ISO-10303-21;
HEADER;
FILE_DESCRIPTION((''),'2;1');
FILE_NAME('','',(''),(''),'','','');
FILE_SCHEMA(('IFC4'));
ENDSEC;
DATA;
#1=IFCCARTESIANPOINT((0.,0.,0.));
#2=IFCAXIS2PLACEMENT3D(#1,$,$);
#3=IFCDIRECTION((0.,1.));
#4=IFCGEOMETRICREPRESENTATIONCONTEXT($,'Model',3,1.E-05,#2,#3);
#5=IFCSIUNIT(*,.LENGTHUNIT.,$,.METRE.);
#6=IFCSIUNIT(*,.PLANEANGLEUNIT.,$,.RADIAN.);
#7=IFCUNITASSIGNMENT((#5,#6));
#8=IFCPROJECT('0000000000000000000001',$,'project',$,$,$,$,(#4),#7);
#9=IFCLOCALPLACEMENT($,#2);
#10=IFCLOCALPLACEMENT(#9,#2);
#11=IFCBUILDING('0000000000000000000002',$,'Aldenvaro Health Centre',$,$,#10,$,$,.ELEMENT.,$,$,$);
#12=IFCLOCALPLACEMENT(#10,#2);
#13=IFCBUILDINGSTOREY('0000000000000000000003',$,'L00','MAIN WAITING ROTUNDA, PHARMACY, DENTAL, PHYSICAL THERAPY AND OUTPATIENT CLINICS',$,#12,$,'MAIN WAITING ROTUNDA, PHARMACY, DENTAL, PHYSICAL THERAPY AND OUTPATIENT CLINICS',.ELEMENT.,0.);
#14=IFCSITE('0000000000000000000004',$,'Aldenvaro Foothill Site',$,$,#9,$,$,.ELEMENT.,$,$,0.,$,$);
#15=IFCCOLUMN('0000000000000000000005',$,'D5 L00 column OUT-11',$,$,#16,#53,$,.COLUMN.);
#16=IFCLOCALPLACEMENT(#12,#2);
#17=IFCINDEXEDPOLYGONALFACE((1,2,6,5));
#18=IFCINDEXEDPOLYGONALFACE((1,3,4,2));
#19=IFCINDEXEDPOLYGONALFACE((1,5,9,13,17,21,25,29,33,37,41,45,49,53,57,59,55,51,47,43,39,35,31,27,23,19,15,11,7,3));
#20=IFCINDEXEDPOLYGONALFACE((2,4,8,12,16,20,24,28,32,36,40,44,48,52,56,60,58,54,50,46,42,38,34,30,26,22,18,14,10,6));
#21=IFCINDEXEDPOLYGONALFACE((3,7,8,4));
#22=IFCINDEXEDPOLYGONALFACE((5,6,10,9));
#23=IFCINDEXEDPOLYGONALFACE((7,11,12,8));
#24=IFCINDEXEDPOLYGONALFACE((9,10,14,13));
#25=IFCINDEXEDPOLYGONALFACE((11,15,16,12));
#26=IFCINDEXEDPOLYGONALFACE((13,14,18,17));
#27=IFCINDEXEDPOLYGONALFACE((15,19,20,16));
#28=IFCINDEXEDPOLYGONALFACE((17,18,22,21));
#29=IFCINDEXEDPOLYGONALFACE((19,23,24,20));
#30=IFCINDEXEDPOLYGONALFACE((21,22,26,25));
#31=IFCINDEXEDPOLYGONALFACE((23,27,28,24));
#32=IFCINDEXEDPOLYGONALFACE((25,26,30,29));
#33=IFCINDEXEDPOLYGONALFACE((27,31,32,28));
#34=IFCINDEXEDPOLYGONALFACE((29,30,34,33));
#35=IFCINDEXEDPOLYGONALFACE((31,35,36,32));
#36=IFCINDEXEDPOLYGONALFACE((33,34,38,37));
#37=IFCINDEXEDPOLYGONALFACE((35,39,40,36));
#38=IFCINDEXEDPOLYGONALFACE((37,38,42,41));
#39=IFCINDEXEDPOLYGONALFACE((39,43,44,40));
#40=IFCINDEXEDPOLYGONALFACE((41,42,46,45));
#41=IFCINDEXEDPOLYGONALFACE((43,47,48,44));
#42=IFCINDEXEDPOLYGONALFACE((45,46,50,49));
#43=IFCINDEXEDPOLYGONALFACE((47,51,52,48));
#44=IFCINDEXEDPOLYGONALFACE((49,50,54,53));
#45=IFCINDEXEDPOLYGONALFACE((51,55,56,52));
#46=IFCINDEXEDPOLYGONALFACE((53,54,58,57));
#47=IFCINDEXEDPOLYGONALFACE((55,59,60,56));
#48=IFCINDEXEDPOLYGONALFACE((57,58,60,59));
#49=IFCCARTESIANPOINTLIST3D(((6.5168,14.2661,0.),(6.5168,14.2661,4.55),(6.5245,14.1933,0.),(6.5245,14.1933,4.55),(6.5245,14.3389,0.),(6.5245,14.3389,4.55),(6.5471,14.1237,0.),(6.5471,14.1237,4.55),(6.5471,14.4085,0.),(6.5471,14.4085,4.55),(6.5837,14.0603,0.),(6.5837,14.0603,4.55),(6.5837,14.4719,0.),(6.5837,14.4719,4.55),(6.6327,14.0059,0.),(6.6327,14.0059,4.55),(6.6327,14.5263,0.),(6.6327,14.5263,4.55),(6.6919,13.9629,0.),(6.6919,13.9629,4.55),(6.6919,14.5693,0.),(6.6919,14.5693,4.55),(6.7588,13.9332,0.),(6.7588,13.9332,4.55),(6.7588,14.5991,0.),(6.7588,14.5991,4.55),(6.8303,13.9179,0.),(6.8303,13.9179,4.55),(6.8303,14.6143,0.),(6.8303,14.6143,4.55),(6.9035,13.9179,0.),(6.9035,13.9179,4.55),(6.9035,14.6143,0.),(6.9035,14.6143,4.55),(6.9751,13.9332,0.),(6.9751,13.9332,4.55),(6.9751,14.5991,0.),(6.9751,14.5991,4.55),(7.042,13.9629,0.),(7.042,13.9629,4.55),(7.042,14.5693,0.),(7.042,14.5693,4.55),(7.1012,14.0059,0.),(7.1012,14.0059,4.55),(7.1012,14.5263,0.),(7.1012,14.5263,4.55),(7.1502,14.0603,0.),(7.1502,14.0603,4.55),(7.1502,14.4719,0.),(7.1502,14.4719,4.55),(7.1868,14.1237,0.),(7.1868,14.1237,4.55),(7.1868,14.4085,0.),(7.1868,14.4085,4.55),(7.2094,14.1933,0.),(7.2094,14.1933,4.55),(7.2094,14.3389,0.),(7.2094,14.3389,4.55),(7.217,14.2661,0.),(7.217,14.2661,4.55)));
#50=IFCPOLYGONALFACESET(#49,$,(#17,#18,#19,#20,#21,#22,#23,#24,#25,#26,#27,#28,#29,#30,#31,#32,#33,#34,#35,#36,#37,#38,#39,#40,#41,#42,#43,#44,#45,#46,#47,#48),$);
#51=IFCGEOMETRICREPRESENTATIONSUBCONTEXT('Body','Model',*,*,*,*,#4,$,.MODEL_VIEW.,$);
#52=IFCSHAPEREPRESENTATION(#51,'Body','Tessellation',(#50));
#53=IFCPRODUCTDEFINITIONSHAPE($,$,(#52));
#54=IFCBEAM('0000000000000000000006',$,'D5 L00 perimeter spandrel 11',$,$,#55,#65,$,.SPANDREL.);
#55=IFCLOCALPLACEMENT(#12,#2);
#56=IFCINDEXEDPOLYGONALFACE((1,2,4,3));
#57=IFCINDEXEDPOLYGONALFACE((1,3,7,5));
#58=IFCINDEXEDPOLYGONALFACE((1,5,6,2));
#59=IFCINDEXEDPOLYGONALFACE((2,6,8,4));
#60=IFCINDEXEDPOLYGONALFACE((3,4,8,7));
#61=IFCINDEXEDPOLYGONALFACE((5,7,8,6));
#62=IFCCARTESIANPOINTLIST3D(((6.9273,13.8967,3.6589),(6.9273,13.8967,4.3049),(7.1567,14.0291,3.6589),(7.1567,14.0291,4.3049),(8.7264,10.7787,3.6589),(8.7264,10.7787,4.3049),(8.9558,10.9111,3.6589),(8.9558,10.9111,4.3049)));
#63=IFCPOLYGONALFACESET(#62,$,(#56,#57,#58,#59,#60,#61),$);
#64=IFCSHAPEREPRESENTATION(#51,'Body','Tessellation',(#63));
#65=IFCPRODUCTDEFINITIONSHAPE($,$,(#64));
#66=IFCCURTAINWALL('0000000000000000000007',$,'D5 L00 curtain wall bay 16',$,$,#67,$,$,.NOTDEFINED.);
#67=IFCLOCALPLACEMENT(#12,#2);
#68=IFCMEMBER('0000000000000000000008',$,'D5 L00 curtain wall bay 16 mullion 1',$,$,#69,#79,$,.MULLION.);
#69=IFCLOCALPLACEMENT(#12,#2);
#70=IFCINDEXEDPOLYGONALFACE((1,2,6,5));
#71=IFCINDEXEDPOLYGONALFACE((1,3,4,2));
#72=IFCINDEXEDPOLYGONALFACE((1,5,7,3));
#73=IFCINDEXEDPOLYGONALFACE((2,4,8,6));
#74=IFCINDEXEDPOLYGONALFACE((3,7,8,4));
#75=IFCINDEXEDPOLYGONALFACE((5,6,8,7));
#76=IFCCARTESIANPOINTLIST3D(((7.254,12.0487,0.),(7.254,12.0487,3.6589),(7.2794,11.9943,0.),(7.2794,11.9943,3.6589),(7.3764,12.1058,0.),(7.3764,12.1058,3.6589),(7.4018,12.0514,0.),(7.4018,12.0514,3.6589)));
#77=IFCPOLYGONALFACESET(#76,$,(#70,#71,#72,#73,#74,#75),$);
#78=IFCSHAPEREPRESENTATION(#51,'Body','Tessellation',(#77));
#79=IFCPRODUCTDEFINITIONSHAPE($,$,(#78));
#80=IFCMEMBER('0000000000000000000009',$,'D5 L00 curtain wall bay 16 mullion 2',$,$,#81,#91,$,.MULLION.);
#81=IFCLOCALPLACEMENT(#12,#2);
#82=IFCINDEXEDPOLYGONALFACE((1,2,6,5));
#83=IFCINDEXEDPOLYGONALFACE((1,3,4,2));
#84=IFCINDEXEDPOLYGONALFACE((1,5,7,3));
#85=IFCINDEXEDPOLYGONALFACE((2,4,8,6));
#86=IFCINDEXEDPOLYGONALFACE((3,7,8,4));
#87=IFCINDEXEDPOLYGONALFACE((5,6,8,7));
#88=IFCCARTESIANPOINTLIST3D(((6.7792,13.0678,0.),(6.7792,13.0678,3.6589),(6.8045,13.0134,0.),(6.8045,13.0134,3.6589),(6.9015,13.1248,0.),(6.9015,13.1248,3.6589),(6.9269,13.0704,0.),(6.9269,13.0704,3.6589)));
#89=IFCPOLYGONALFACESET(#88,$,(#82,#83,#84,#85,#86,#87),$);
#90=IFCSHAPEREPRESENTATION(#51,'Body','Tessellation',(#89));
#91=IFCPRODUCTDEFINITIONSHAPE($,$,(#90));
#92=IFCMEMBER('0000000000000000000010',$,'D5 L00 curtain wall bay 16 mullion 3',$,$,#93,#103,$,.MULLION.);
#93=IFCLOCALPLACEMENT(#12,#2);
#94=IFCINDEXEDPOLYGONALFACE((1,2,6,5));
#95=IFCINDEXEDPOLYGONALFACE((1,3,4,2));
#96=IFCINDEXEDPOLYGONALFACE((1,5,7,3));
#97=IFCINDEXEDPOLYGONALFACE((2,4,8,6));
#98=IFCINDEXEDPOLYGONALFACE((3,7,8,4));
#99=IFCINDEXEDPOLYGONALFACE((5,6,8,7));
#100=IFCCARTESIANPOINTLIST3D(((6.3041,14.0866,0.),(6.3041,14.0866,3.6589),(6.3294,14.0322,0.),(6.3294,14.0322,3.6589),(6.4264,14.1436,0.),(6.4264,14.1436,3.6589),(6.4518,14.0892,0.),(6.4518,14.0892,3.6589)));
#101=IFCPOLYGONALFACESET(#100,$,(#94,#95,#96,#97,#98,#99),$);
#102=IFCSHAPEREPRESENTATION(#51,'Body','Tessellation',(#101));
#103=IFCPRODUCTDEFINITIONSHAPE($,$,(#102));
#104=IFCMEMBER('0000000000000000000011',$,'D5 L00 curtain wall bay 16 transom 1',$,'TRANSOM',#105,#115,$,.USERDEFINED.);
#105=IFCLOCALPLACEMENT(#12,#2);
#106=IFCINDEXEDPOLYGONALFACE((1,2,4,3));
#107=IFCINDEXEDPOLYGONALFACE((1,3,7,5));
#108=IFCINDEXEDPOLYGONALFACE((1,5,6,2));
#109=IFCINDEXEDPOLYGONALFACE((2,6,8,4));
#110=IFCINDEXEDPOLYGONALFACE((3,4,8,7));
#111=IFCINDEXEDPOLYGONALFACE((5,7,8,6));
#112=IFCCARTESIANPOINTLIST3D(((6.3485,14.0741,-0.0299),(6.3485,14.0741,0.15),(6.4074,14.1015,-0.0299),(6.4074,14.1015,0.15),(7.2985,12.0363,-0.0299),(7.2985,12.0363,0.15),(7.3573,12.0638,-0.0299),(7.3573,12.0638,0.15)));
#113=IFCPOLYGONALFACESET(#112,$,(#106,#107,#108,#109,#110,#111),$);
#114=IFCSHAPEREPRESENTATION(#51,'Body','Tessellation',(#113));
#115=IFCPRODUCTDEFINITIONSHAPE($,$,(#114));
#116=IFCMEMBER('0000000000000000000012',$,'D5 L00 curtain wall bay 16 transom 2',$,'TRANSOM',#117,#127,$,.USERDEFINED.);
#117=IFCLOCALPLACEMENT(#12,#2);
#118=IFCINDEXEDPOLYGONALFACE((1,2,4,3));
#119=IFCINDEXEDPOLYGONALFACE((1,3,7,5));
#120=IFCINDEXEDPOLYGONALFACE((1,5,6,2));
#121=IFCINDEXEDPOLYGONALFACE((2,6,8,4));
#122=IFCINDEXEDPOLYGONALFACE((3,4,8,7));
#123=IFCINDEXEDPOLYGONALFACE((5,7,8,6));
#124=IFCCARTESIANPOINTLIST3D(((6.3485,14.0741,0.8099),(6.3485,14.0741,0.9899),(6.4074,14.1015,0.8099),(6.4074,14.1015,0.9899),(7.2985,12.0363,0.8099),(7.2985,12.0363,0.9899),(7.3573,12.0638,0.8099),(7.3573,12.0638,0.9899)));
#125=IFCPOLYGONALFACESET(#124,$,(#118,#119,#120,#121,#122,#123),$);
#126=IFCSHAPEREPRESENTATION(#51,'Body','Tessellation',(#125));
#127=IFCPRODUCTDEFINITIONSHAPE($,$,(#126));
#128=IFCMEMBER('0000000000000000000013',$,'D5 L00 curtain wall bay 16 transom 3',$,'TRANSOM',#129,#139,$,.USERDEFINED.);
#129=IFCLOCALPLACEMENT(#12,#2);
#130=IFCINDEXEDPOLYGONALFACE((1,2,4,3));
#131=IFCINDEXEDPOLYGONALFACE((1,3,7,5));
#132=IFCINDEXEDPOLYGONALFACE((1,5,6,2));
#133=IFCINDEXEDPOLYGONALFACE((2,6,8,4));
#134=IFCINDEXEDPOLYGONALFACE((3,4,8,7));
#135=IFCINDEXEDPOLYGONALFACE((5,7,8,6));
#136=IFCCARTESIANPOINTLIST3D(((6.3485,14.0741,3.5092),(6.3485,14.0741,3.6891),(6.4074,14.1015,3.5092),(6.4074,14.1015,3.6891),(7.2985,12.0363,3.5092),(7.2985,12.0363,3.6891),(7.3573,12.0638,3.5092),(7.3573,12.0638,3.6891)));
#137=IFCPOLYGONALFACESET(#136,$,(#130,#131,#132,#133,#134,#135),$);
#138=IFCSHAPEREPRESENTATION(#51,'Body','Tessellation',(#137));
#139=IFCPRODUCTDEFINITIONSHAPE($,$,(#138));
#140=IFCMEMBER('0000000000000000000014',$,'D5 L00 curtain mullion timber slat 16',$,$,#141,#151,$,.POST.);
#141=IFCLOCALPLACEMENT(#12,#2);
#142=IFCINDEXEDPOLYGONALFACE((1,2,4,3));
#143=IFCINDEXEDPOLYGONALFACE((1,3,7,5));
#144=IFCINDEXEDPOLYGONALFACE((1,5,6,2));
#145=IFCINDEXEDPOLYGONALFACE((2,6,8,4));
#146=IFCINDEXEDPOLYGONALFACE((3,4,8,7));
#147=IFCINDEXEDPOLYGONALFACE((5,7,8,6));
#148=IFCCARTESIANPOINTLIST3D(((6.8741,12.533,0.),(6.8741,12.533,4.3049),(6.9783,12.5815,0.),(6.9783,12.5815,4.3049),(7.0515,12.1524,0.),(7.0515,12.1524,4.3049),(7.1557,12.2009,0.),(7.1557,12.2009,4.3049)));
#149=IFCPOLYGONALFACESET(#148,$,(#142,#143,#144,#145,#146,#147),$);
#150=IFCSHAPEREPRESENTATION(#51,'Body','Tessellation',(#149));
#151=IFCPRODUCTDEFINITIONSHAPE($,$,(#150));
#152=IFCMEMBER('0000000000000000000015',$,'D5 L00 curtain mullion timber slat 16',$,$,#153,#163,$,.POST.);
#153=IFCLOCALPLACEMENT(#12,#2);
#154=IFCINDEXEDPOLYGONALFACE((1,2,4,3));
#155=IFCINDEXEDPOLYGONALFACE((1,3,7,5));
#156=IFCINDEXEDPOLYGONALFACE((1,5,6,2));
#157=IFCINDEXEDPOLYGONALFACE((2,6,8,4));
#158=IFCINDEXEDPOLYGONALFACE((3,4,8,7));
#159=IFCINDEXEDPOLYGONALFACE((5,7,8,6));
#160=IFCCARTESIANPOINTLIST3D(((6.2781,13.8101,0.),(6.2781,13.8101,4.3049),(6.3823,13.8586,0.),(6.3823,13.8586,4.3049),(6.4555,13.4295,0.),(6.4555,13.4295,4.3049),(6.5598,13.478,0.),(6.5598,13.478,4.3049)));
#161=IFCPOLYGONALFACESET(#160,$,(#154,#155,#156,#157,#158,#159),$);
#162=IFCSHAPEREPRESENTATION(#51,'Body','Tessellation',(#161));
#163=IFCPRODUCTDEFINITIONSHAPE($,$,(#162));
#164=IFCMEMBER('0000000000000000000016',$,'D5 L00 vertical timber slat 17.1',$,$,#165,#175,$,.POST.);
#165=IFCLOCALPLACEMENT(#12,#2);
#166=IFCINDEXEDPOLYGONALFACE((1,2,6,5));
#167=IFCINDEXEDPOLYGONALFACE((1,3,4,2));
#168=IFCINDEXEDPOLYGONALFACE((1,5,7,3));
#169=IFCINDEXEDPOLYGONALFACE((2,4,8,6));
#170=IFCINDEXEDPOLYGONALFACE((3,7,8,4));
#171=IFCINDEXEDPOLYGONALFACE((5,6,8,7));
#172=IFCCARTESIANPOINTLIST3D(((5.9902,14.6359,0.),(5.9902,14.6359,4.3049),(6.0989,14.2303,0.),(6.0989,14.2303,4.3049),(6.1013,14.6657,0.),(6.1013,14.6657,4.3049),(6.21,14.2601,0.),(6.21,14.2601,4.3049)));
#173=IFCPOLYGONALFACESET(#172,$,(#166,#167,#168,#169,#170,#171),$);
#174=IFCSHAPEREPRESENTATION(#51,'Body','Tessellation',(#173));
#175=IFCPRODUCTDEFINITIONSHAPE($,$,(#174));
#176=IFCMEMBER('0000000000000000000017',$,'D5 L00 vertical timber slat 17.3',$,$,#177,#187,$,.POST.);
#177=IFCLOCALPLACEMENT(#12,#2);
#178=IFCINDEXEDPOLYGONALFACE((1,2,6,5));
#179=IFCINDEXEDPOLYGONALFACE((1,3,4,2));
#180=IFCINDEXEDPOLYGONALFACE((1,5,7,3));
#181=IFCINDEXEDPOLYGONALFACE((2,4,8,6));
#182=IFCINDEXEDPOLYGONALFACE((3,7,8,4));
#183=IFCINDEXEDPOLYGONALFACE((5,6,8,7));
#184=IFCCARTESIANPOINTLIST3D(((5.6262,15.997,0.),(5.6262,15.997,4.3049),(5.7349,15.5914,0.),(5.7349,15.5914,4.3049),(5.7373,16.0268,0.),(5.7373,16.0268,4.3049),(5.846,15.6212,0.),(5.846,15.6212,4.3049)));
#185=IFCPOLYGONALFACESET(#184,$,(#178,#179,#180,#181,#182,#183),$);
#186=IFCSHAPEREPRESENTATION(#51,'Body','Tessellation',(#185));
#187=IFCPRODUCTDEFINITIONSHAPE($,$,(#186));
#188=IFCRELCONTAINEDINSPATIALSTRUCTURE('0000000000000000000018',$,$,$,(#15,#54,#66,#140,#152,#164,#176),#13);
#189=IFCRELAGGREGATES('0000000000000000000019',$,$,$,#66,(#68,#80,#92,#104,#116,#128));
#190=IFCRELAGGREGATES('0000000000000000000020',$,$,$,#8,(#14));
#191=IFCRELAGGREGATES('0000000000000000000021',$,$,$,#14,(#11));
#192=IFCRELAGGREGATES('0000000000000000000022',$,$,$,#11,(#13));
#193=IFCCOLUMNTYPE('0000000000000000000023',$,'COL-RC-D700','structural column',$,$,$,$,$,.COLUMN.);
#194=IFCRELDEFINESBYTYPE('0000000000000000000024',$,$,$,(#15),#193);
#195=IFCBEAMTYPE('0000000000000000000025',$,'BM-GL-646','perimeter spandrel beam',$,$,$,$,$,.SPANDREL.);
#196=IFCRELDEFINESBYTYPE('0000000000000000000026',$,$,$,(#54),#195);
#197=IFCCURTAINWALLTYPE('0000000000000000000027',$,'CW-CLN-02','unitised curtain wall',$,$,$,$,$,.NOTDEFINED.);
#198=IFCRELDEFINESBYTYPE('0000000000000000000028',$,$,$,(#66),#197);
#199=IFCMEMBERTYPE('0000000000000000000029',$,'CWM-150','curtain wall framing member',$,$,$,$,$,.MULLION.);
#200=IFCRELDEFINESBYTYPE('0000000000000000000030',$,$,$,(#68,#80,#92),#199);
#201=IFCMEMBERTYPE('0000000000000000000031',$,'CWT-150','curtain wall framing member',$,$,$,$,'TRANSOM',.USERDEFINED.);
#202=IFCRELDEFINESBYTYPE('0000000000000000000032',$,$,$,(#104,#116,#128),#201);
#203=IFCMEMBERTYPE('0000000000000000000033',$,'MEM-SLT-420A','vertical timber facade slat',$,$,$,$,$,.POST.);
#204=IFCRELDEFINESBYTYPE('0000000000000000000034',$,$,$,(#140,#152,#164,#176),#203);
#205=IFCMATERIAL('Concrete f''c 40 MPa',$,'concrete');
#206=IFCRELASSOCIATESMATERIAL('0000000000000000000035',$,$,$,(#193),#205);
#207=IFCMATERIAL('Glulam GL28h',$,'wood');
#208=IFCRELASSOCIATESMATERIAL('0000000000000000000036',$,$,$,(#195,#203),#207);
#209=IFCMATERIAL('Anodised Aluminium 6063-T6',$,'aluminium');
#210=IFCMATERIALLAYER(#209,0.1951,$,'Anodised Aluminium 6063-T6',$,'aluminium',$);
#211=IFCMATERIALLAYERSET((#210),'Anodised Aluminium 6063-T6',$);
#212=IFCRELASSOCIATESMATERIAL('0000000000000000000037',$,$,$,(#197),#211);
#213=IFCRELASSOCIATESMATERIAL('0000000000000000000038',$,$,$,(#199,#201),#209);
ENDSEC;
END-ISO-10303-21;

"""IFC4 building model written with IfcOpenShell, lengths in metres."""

from ifc_helpers import new_model, si_unit, direction, frame, origin, origin_2d, place, context, subcontext, project, spatial, rectangle, circle, extrude, material, layer, layer_set, material_profile, profile_set, type_object, element, aggregate, save


model = new_model("IFC4")

# Units and contexts
model_context = context("Model", 3, precision=1e-05, world=origin(), true_north=direction((0.0, 1.0)))
body_context = subcontext(model_context, "Body", "Model", "MODEL_VIEW")
ifc_project = project(units=[si_unit("LENGTHUNIT", "METRE"), si_unit("PLANEANGLEUNIT", "RADIAN")], contexts=[model_context])

# Site, building, storey
site_placement = place(None, origin())
site = spatial("IfcSite", under=ifc_project, at=site_placement, Name="Aldenvaro Foothill Site", CompositionType="ELEMENT", RefElevation=0.0)
building_placement = place(site_placement, origin())
building = spatial("IfcBuilding", under=site, at=building_placement, Name="Aldenvaro Health Centre", CompositionType="ELEMENT")
storey_placement = place(building_placement, origin())
storey = spatial("IfcBuildingStorey", under=building, at=storey_placement, Name="L00", Description="MAIN WAITING ROTUNDA, PHARMACY, DENTAL, PHYSICAL THERAPY AND OUTPATIENT CLINICS", LongName="MAIN WAITING ROTUNDA, PHARMACY, DENTAL, PHYSICAL THERAPY AND OUTPATIENT CLINICS", CompositionType="ELEMENT", Elevation=0.0)

# Column
ifc_material_1 = material(Name="Concrete f'c 40 MPa", Category="concrete")
ifc_material_profile_1 = material_profile(ifc_material_1, circle(Radius=0.3501, at=origin_2d()), Name="RC D700", Category="concrete")
ifc_profile_set_1 = profile_set([ifc_material_profile_1], Name="Concrete f'c 40 MPa")
column_type = type_object("IfcColumnType", Name="COL-RC-D700", Description="structural column", PredefinedType="COLUMN", material=ifc_profile_set_1)
column_placement = place(storey_placement, frame((6.8669, 14.2661, 0.0), z_axis=(0.0, 0.0, 1.0), x_axis=(1.0, 0.0, 0.0)))
element("IfcColumn", 1, at=column_placement, inside=storey, type_object=column_type, Name="D5 L00 column OUT-11", PredefinedType="COLUMN", context=body_context, shape_type="SweptSolid", body=[
    extrude(circle(Radius=0.3501, at=origin_2d()), origin(), (0.0, 0.0, 1.0), 4.55),
])

# Beam
ifc_material_2 = material(Name="Glulam GL28h", Category="wood")
ifc_material_profile_2 = material_profile(ifc_material_2, rectangle(XDim=0.2649, YDim=0.646, at=origin_2d()), Name="GL 265x646", Category="wood")
ifc_profile_set_2 = profile_set([ifc_material_profile_2], Name="Glulam GL28h")
beam_type = type_object("IfcBeamType", Name="BM-GL-646", Description="perimeter spandrel beam", PredefinedType="SPANDREL", material=ifc_profile_set_2)
beam_placement = place(storey_placement, frame((7.042, 13.9629, 3.9819), z_axis=(0.499779, -0.866153, 0.0), x_axis=(0.866153, 0.499779, 0.0)))
element("IfcBeam", 2, at=beam_placement, inside=storey, type_object=beam_type, Name="D5 L00 perimeter spandrel 11", PredefinedType="SPANDREL", context=body_context, shape_type="SweptSolid", body=[
    extrude(rectangle(XDim=0.2649, YDim=0.646, at=origin_2d()), origin(), (0.0, 0.0, 1.0), 3.5999),
])

# Curtain wall, members
ifc_material_3 = material(Name="Anodised Aluminium 6063-T6", Category="aluminium")
ifc_layer_1 = layer(ifc_material_3, 0.1951, Name="Anodised Aluminium 6063-T6", Category="aluminium")
ifc_layer_set_1 = layer_set([ifc_layer_1], Name="Anodised Aluminium 6063-T6")
curtain_wall_type = type_object("IfcCurtainWallType", Name="CW-CLN-02", Description="unitised curtain wall", PredefinedType="NOTDEFINED", material=ifc_layer_set_1)
curtain_wall_placement = place(storey_placement, origin())
curtain_wall = element("IfcCurtainWall", 3, at=curtain_wall_placement, inside=storey, type_object=curtain_wall_type, Name="D5 L00 curtain wall bay 16", PredefinedType="NOTDEFINED")
ifc_material_profile_3 = material_profile(ifc_material_3, rectangle(XDim=0.0601, YDim=0.135, at=origin_2d()), Name="ALU 60x135", Category="aluminium")
ifc_profile_set_3 = profile_set([ifc_material_profile_3], Name="Anodised Aluminium 6063-T6")
member_type_1 = type_object("IfcMemberType", Name="CWM-150", Description="curtain wall framing member", PredefinedType="MULLION", material=ifc_profile_set_3)
member_1_placement = place(storey_placement, frame((7.3279, 12.05, 0.0), z_axis=(0.0, 0.0, 1.0), x_axis=(-0.422496, 0.906365, 0.0)))
member_1 = element("IfcMember", 4, at=member_1_placement, type_object=member_type_1, Name="D5 L00 curtain wall bay 16 mullion 1", PredefinedType="MULLION", context=body_context, shape_type="SweptSolid", body=[
    extrude(rectangle(XDim=0.0601, YDim=0.135, at=origin_2d()), origin(), (0.0, 0.0, 1.0), 3.6589),
])
member_2_placement = place(storey_placement, frame((6.853, 13.0691, 0.0), z_axis=(0.0, 0.0, 1.0), x_axis=(-0.422496, 0.906365, 0.0)))
member_2 = element("IfcMember", 5, at=member_2_placement, type_object=member_type_1, Name="D5 L00 curtain wall bay 16 mullion 2", PredefinedType="MULLION", context=body_context, shape_type="SweptSolid", body=[
    extrude(rectangle(XDim=0.0601, YDim=0.135, at=origin_2d()), origin(), (0.0, 0.0, 1.0), 3.6589),
])
member_3_placement = place(storey_placement, frame((6.3779, 14.0879, 0.0), z_axis=(0.0, 0.0, 1.0), x_axis=(-0.422496, 0.906365, 0.0)))
member_3 = element("IfcMember", 6, at=member_3_placement, type_object=member_type_1, Name="D5 L00 curtain wall bay 16 mullion 3", PredefinedType="MULLION", context=body_context, shape_type="SweptSolid", body=[
    extrude(rectangle(XDim=0.0601, YDim=0.135, at=origin_2d()), origin(), (0.0, 0.0, 1.0), 3.6589),
])
ifc_material_profile_4 = material_profile(ifc_material_3, rectangle(XDim=0.0649, YDim=0.1799, at=origin_2d()), Name="ALU 65x180", Category="aluminium")
ifc_profile_set_4 = profile_set([ifc_material_profile_4], Name="Anodised Aluminium 6063-T6")
member_type_2 = type_object("IfcMemberType", Name="CWT-150", Description="curtain wall framing member", ElementType="TRANSOM", PredefinedType="USERDEFINED", material=ifc_profile_set_4)
member_4_placement = place(storey_placement, frame((7.3279, 12.05, 0.0601), z_axis=(-0.422505, 0.906361, 0.0), x_axis=(-0.906361, -0.422505, 0.0)))
member_4 = element("IfcMember", 7, at=member_4_placement, type_object=member_type_2, Name="D5 L00 curtain wall bay 16 transom 1", ObjectType="TRANSOM", PredefinedType="USERDEFINED", context=body_context, shape_type="SweptSolid", body=[
    extrude(rectangle(XDim=0.0649, YDim=0.1799, at=origin_2d()), origin(), (0.0, 0.0, 1.0), 2.2483),
])
member_5_placement = place(storey_placement, frame((7.3279, 12.05, 0.8999), z_axis=(-0.422505, 0.906361, 0.0), x_axis=(-0.906361, -0.422505, 0.0)))
member_5 = element("IfcMember", 8, at=member_5_placement, type_object=member_type_2, Name="D5 L00 curtain wall bay 16 transom 2", ObjectType="TRANSOM", PredefinedType="USERDEFINED", context=body_context, shape_type="SweptSolid", body=[
    extrude(rectangle(XDim=0.0649, YDim=0.1799, at=origin_2d()), origin(), (0.0, 0.0, 1.0), 2.2483),
])
member_6_placement = place(storey_placement, frame((7.3279, 12.05, 3.5991), z_axis=(-0.422505, 0.906361, 0.0), x_axis=(-0.906361, -0.422505, 0.0)))
member_6 = element("IfcMember", 9, at=member_6_placement, type_object=member_type_2, Name="D5 L00 curtain wall bay 16 transom 3", ObjectType="TRANSOM", PredefinedType="USERDEFINED", context=body_context, shape_type="SweptSolid", body=[
    extrude(rectangle(XDim=0.0649, YDim=0.1799, at=origin_2d()), origin(), (0.0, 0.0, 1.0), 2.2483),
])

# Members
ifc_material_profile_5 = material_profile(ifc_material_2, rectangle(XDim=0.115, YDim=0.4199, at=origin_2d()), Name="GL 115x420", Category="wood")
ifc_profile_set_5 = profile_set([ifc_material_profile_5], Name="Glulam GL28h")
member_type_3 = type_object("IfcMemberType", Name="MEM-SLT-420A", Description="vertical timber facade slat", PredefinedType="POST", material=ifc_profile_set_5)
for number, where, z_axis, x_axis, name in (
    (10, (7.0149, 12.3669, 0.0), (0.0, 0.0, 1.0), (-0.906365, -0.422496, 0.0), "D5 L00 curtain mullion timber slat 16"),
    (11, (6.4189, 13.644, 0.0), (0.0, 0.0, 1.0), (-0.906365, -0.422496, 0.0), "D5 L00 curtain mullion timber slat 16"),
    (12, (6.1001, 14.448, 0.0), (0.0, 0.0, 1.0), (-0.965924, -0.258825, 0.0), "D5 L00 vertical timber slat 17.1"),
    (13, (5.7361, 15.8091, 0.0), (0.0, 0.0, 1.0), (-0.965924, -0.258825, 0.0), "D5 L00 vertical timber slat 17.3"),
):
    element("IfcMember", number, at=place(storey_placement, frame(where, z_axis=z_axis, x_axis=x_axis)), inside=storey, type_object=member_type_3, Name=name, PredefinedType="POST", context=body_context, shape_type="SweptSolid", body=[
        extrude(rectangle(XDim=0.115, YDim=0.4199, at=origin_2d()), origin(), (0.0, 0.0, 1.0), 4.3049),
    ])

aggregate(curtain_wall, [member_1, member_2, member_3, member_4, member_5, member_6])

save(model, "model.ifc")
